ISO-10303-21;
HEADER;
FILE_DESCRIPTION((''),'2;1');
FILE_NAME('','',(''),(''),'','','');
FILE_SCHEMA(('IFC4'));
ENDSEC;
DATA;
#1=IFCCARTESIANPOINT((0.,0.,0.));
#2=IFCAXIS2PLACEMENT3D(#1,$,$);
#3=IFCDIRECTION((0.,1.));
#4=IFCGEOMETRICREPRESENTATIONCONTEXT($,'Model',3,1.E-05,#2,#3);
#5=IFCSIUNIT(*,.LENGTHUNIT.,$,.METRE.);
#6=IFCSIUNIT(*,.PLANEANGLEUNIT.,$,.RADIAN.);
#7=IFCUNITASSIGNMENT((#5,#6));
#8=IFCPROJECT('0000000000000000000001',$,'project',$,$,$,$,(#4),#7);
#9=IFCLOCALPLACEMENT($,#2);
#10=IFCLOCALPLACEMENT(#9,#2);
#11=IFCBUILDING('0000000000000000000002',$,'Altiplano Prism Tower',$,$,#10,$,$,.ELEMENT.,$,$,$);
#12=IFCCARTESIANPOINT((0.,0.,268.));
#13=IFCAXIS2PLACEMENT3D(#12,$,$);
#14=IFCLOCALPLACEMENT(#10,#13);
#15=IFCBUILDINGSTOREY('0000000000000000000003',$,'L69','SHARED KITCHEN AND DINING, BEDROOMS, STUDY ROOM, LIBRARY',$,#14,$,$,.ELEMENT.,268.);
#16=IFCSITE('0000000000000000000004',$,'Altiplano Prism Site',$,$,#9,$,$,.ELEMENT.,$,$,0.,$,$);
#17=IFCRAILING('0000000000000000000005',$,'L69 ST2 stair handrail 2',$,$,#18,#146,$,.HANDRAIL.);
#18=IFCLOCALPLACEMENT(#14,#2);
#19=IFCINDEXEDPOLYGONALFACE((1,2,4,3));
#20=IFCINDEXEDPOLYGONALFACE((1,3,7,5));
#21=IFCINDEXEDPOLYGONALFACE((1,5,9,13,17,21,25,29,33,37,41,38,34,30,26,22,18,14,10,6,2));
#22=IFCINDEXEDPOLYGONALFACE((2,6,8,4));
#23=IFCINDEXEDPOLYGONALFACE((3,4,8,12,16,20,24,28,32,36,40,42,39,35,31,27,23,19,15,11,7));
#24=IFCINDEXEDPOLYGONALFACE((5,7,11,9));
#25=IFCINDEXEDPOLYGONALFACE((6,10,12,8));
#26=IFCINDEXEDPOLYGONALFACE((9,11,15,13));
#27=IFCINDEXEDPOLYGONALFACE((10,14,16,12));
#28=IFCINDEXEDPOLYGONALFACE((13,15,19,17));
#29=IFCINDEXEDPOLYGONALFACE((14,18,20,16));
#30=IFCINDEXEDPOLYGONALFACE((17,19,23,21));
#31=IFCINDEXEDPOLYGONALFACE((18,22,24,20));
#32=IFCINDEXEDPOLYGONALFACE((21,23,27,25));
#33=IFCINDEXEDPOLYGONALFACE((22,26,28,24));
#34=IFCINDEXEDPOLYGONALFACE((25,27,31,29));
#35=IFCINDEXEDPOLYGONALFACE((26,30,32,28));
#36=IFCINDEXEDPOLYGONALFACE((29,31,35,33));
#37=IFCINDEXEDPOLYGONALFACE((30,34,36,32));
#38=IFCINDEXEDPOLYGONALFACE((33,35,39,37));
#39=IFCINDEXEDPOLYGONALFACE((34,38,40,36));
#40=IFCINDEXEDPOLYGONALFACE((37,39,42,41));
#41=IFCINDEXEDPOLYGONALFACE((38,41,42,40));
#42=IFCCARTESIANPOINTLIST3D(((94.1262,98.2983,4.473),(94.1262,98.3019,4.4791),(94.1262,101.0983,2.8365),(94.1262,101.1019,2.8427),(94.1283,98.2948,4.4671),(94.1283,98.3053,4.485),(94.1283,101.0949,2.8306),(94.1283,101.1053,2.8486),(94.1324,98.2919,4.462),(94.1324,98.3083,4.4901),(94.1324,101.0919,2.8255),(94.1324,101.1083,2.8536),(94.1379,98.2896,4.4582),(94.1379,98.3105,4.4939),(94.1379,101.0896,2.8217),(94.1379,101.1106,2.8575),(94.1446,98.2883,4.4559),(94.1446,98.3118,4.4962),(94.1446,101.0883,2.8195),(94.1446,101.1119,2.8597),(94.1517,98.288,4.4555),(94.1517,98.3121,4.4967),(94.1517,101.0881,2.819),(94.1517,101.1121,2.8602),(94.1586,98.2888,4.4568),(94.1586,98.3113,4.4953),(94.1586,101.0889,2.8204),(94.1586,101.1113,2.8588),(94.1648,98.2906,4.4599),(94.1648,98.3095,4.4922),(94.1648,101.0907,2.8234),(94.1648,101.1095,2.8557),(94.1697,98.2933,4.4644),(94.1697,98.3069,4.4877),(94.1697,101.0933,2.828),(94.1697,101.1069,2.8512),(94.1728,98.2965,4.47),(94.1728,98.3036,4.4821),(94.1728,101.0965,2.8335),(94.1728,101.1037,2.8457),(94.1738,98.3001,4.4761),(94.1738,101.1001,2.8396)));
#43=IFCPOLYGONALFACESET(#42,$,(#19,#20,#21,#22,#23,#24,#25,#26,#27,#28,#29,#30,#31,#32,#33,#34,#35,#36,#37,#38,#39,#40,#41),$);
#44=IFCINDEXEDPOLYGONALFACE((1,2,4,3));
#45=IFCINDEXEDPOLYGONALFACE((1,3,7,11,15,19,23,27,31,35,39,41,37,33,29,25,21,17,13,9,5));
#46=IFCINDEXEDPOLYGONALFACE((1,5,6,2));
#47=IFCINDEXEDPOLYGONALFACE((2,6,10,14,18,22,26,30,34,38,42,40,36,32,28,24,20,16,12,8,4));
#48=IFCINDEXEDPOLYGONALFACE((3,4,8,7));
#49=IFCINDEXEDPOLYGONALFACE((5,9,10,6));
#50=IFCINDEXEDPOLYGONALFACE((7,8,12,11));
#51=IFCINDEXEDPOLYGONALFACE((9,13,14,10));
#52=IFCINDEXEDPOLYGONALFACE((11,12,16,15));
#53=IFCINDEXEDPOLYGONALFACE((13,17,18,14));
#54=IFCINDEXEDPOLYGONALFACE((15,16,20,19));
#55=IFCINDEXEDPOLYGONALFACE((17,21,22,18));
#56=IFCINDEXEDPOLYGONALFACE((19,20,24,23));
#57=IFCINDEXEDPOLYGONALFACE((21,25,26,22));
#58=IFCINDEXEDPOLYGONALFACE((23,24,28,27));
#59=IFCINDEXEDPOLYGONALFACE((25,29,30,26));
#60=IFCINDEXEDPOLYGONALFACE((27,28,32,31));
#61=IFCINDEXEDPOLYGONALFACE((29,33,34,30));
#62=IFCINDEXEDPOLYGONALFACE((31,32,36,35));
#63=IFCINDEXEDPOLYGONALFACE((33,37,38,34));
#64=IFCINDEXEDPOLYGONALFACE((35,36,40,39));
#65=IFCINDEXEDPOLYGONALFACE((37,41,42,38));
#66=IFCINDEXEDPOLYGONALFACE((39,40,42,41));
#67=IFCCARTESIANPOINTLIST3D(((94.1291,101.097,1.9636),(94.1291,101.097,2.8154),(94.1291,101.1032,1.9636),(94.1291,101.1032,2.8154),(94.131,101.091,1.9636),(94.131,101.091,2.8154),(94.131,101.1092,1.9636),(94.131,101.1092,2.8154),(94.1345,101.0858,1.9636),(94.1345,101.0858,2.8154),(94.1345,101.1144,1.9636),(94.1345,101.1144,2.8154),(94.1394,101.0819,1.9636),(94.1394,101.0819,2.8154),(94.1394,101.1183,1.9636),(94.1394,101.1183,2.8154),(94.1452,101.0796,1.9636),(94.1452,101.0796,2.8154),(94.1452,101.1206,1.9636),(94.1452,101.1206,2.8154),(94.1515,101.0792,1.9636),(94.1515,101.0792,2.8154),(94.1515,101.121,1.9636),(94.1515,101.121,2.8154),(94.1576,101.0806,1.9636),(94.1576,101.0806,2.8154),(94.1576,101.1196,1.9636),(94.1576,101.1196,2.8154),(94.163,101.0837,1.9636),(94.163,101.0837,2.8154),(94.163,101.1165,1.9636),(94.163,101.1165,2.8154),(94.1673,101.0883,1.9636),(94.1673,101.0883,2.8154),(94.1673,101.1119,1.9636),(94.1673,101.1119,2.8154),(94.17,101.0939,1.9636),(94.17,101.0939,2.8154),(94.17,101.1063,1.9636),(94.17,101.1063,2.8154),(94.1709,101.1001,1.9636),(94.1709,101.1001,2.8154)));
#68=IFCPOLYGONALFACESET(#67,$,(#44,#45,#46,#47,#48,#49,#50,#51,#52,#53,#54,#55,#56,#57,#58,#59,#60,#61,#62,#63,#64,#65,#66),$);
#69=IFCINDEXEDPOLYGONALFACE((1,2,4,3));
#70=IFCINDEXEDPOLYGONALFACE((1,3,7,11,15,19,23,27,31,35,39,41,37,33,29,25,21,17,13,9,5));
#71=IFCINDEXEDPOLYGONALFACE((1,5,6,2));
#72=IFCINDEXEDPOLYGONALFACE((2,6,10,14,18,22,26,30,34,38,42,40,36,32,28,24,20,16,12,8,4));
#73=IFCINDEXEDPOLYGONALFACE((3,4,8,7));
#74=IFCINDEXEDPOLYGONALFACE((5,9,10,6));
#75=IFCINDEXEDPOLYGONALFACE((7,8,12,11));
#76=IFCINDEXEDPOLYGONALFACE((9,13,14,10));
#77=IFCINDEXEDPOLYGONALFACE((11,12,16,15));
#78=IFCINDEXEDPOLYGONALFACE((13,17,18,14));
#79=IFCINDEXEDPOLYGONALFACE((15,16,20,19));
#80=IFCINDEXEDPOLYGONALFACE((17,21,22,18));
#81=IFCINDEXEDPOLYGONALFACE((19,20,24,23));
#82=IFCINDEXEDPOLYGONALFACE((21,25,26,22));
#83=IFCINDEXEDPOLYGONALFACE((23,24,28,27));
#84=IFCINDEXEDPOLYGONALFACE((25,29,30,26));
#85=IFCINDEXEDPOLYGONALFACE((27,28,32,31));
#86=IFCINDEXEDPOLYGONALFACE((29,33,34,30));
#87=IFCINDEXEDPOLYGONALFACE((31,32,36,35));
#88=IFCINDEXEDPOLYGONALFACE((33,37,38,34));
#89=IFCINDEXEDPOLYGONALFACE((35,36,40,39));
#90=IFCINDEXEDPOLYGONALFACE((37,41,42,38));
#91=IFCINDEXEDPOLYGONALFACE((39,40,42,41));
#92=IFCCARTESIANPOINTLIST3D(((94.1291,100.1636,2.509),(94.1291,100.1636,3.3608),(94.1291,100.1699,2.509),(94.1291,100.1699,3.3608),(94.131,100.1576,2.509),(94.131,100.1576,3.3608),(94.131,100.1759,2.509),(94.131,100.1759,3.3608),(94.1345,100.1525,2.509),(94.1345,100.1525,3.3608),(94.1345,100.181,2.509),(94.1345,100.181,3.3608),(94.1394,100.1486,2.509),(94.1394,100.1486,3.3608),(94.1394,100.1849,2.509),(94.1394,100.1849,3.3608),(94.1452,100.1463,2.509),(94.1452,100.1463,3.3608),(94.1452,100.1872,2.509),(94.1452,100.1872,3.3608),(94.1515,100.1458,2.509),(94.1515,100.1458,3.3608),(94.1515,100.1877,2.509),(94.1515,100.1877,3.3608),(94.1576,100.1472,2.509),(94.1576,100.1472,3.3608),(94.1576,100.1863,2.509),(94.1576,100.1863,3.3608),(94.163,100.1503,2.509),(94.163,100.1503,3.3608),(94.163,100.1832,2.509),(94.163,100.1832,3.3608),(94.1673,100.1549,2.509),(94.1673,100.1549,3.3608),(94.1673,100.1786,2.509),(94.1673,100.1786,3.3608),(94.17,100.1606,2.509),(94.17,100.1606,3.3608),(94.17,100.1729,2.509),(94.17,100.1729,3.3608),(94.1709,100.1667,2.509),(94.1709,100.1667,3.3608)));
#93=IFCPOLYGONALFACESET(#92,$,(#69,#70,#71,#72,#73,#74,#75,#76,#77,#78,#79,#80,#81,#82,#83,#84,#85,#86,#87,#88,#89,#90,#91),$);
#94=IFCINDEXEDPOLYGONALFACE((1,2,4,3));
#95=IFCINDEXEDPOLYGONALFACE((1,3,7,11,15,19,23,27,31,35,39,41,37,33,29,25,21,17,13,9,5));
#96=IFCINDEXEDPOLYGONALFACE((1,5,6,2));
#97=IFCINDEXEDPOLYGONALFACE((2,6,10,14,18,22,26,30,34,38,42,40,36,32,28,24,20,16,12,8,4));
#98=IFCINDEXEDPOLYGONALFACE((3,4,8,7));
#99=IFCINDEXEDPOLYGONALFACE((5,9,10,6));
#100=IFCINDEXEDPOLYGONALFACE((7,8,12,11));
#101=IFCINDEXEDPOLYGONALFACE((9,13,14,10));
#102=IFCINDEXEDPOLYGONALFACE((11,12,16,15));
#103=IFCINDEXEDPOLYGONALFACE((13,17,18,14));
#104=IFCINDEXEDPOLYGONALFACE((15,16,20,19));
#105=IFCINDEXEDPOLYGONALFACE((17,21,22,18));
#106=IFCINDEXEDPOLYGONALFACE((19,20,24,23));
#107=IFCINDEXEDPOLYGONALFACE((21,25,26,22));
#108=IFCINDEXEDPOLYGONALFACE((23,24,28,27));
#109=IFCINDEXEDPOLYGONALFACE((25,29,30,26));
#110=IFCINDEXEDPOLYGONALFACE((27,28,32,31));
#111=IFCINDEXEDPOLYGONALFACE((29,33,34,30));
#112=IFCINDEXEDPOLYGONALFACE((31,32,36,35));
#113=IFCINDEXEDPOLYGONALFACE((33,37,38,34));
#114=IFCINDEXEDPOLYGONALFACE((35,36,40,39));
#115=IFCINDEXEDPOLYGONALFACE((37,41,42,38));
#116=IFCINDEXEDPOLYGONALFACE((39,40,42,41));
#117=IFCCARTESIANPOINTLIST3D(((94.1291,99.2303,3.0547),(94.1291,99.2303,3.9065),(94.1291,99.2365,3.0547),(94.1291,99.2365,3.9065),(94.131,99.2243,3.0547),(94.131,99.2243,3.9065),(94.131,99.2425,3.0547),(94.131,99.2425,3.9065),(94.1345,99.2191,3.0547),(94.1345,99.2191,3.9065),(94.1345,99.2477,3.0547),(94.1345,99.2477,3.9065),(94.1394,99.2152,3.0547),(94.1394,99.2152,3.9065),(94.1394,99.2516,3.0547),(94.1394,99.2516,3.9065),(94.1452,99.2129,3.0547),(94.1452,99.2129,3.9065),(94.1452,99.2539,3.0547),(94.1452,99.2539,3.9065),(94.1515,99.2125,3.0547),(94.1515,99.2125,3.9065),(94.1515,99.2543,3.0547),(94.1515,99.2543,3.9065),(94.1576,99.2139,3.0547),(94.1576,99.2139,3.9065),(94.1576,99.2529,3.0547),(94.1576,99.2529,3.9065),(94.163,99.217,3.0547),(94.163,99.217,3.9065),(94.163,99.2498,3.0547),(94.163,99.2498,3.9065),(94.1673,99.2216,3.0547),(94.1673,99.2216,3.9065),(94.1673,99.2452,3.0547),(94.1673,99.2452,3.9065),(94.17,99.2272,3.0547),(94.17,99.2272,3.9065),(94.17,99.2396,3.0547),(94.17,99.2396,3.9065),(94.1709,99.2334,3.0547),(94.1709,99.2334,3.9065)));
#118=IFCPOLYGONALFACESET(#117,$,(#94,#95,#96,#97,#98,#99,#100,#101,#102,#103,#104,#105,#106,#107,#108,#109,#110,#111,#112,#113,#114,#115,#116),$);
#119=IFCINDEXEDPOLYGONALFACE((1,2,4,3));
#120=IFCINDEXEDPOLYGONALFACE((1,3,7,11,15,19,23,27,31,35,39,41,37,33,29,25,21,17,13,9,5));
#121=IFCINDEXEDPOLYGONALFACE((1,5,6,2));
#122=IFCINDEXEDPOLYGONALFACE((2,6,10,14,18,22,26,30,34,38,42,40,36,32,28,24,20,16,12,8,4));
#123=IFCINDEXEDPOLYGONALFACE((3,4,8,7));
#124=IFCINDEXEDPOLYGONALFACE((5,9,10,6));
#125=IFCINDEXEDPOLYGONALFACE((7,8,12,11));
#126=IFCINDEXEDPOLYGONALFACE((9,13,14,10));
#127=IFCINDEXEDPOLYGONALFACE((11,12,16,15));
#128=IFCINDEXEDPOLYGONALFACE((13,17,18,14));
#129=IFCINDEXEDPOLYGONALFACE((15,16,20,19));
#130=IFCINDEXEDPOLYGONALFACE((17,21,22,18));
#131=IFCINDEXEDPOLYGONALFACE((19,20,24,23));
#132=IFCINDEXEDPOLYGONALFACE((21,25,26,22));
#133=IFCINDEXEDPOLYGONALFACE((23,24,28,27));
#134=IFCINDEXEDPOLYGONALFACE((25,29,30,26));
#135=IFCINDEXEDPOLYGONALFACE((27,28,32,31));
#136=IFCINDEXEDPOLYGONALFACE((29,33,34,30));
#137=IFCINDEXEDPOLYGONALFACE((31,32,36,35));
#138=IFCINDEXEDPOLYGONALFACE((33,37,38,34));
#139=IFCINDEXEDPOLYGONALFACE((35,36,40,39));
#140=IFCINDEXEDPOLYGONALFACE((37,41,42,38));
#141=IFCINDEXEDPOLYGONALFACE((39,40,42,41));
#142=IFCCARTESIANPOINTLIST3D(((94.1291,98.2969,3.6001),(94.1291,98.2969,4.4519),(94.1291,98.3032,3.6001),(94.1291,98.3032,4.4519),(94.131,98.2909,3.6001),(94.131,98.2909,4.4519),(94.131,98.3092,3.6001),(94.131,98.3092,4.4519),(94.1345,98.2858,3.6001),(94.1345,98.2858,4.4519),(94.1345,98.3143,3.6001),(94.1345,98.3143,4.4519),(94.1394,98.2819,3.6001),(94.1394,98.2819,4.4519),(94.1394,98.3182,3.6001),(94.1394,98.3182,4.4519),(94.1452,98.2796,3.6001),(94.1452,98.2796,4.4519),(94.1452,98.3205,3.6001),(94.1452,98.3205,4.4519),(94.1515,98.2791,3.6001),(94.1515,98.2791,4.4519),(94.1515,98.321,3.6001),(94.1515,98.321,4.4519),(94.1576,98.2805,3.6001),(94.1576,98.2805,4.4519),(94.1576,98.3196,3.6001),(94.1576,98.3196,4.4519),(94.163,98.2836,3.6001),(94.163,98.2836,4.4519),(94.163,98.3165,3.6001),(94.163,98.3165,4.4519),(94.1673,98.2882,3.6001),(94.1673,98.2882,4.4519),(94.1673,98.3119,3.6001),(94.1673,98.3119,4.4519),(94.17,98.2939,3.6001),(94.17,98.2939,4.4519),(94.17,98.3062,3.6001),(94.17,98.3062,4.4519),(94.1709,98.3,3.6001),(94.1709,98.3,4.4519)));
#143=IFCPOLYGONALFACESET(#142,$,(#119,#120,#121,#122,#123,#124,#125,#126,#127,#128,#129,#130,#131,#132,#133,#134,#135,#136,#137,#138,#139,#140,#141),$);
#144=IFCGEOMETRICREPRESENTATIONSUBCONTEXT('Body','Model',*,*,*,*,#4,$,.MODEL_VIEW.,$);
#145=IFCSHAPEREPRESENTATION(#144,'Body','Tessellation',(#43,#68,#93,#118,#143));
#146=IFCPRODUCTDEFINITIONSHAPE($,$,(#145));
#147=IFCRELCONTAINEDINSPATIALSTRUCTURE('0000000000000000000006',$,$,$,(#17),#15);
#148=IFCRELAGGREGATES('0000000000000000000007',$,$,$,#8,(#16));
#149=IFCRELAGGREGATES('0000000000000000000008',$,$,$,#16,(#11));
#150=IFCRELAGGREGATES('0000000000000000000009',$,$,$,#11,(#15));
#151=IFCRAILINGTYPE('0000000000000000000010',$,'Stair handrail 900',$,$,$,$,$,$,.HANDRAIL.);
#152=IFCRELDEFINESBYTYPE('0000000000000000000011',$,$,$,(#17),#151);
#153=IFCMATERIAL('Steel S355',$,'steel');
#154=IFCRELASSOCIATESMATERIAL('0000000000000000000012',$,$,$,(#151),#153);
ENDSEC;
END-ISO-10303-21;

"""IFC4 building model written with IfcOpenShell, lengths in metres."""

from ifc_helpers import new_model, si_unit, direction, frame, origin, origin_2d, place, context, subcontext, project, spatial, circle, extrude, material, type_object, element, save


model = new_model("IFC4")

# Units and contexts
model_context = context("Model", 3, precision=1e-05, world=origin(), true_north=direction((0.0, 1.0)))
body_context = subcontext(model_context, "Body", "Model", "MODEL_VIEW")
ifc_project = project(units=[si_unit("LENGTHUNIT", "METRE"), si_unit("PLANEANGLEUNIT", "RADIAN")], contexts=[model_context])

# Site, building, storey
site_placement = place(None, origin())
site = spatial("IfcSite", under=ifc_project, at=site_placement, Name="Altiplano Prism Site", CompositionType="ELEMENT", RefElevation=0.0)
building_placement = place(site_placement, origin())
building = spatial("IfcBuilding", under=site, at=building_placement, Name="Altiplano Prism Tower", CompositionType="ELEMENT")
storey_placement = place(building_placement, frame((0.0, 0.0, 268.0)))
storey = spatial("IfcBuildingStorey", under=building, at=storey_placement, Name="L69", Description="SHARED KITCHEN AND DINING, BEDROOMS, STUDY ROOM, LIBRARY", CompositionType="ELEMENT", Elevation=268.0)

# Railing
ifc_material_1 = material(Name="Steel S355", Category="steel")
railing_type_1 = type_object("IfcRailingType", Name="Stair handrail 900", PredefinedType="HANDRAIL", material=ifc_material_1)
railing_1_placement = place(storey_placement, frame((94.1499, 101.1001, 1.9636)))
element("IfcRailing", 1, at=railing_1_placement, inside=storey, type_object=railing_type_1, Name="L69 ST2 stair handrail 2", PredefinedType="HANDRAIL", context=body_context, shape_type="SweptSolid", body=[
    extrude(circle(Radius=0.0239, at=origin_2d()), frame((0.0, 0.0, 0.876), z_axis=(0.0, -0.863361, 0.504587), x_axis=(1.0, 0.0, 0.0)), (0.0, 0.0, 1.0), 3.2432),
    extrude(circle(Radius=0.021, at=origin_2d()), origin(), (0.0, 0.0, 1.0), 0.8518),
    extrude(circle(Radius=0.021, at=origin_2d()), frame((0.0, -0.9333, 0.5454)), (0.0, 0.0, 1.0), 0.8518),
    extrude(circle(Radius=0.021, at=origin_2d()), frame((0.0, -1.8667, 1.0911)), (0.0, 0.0, 1.0), 0.8518),
    extrude(circle(Radius=0.021, at=origin_2d()), frame((0.0, -2.8, 1.6365)), (0.0, 0.0, 1.0), 0.8518),
])

save(model, "model.ifc")
